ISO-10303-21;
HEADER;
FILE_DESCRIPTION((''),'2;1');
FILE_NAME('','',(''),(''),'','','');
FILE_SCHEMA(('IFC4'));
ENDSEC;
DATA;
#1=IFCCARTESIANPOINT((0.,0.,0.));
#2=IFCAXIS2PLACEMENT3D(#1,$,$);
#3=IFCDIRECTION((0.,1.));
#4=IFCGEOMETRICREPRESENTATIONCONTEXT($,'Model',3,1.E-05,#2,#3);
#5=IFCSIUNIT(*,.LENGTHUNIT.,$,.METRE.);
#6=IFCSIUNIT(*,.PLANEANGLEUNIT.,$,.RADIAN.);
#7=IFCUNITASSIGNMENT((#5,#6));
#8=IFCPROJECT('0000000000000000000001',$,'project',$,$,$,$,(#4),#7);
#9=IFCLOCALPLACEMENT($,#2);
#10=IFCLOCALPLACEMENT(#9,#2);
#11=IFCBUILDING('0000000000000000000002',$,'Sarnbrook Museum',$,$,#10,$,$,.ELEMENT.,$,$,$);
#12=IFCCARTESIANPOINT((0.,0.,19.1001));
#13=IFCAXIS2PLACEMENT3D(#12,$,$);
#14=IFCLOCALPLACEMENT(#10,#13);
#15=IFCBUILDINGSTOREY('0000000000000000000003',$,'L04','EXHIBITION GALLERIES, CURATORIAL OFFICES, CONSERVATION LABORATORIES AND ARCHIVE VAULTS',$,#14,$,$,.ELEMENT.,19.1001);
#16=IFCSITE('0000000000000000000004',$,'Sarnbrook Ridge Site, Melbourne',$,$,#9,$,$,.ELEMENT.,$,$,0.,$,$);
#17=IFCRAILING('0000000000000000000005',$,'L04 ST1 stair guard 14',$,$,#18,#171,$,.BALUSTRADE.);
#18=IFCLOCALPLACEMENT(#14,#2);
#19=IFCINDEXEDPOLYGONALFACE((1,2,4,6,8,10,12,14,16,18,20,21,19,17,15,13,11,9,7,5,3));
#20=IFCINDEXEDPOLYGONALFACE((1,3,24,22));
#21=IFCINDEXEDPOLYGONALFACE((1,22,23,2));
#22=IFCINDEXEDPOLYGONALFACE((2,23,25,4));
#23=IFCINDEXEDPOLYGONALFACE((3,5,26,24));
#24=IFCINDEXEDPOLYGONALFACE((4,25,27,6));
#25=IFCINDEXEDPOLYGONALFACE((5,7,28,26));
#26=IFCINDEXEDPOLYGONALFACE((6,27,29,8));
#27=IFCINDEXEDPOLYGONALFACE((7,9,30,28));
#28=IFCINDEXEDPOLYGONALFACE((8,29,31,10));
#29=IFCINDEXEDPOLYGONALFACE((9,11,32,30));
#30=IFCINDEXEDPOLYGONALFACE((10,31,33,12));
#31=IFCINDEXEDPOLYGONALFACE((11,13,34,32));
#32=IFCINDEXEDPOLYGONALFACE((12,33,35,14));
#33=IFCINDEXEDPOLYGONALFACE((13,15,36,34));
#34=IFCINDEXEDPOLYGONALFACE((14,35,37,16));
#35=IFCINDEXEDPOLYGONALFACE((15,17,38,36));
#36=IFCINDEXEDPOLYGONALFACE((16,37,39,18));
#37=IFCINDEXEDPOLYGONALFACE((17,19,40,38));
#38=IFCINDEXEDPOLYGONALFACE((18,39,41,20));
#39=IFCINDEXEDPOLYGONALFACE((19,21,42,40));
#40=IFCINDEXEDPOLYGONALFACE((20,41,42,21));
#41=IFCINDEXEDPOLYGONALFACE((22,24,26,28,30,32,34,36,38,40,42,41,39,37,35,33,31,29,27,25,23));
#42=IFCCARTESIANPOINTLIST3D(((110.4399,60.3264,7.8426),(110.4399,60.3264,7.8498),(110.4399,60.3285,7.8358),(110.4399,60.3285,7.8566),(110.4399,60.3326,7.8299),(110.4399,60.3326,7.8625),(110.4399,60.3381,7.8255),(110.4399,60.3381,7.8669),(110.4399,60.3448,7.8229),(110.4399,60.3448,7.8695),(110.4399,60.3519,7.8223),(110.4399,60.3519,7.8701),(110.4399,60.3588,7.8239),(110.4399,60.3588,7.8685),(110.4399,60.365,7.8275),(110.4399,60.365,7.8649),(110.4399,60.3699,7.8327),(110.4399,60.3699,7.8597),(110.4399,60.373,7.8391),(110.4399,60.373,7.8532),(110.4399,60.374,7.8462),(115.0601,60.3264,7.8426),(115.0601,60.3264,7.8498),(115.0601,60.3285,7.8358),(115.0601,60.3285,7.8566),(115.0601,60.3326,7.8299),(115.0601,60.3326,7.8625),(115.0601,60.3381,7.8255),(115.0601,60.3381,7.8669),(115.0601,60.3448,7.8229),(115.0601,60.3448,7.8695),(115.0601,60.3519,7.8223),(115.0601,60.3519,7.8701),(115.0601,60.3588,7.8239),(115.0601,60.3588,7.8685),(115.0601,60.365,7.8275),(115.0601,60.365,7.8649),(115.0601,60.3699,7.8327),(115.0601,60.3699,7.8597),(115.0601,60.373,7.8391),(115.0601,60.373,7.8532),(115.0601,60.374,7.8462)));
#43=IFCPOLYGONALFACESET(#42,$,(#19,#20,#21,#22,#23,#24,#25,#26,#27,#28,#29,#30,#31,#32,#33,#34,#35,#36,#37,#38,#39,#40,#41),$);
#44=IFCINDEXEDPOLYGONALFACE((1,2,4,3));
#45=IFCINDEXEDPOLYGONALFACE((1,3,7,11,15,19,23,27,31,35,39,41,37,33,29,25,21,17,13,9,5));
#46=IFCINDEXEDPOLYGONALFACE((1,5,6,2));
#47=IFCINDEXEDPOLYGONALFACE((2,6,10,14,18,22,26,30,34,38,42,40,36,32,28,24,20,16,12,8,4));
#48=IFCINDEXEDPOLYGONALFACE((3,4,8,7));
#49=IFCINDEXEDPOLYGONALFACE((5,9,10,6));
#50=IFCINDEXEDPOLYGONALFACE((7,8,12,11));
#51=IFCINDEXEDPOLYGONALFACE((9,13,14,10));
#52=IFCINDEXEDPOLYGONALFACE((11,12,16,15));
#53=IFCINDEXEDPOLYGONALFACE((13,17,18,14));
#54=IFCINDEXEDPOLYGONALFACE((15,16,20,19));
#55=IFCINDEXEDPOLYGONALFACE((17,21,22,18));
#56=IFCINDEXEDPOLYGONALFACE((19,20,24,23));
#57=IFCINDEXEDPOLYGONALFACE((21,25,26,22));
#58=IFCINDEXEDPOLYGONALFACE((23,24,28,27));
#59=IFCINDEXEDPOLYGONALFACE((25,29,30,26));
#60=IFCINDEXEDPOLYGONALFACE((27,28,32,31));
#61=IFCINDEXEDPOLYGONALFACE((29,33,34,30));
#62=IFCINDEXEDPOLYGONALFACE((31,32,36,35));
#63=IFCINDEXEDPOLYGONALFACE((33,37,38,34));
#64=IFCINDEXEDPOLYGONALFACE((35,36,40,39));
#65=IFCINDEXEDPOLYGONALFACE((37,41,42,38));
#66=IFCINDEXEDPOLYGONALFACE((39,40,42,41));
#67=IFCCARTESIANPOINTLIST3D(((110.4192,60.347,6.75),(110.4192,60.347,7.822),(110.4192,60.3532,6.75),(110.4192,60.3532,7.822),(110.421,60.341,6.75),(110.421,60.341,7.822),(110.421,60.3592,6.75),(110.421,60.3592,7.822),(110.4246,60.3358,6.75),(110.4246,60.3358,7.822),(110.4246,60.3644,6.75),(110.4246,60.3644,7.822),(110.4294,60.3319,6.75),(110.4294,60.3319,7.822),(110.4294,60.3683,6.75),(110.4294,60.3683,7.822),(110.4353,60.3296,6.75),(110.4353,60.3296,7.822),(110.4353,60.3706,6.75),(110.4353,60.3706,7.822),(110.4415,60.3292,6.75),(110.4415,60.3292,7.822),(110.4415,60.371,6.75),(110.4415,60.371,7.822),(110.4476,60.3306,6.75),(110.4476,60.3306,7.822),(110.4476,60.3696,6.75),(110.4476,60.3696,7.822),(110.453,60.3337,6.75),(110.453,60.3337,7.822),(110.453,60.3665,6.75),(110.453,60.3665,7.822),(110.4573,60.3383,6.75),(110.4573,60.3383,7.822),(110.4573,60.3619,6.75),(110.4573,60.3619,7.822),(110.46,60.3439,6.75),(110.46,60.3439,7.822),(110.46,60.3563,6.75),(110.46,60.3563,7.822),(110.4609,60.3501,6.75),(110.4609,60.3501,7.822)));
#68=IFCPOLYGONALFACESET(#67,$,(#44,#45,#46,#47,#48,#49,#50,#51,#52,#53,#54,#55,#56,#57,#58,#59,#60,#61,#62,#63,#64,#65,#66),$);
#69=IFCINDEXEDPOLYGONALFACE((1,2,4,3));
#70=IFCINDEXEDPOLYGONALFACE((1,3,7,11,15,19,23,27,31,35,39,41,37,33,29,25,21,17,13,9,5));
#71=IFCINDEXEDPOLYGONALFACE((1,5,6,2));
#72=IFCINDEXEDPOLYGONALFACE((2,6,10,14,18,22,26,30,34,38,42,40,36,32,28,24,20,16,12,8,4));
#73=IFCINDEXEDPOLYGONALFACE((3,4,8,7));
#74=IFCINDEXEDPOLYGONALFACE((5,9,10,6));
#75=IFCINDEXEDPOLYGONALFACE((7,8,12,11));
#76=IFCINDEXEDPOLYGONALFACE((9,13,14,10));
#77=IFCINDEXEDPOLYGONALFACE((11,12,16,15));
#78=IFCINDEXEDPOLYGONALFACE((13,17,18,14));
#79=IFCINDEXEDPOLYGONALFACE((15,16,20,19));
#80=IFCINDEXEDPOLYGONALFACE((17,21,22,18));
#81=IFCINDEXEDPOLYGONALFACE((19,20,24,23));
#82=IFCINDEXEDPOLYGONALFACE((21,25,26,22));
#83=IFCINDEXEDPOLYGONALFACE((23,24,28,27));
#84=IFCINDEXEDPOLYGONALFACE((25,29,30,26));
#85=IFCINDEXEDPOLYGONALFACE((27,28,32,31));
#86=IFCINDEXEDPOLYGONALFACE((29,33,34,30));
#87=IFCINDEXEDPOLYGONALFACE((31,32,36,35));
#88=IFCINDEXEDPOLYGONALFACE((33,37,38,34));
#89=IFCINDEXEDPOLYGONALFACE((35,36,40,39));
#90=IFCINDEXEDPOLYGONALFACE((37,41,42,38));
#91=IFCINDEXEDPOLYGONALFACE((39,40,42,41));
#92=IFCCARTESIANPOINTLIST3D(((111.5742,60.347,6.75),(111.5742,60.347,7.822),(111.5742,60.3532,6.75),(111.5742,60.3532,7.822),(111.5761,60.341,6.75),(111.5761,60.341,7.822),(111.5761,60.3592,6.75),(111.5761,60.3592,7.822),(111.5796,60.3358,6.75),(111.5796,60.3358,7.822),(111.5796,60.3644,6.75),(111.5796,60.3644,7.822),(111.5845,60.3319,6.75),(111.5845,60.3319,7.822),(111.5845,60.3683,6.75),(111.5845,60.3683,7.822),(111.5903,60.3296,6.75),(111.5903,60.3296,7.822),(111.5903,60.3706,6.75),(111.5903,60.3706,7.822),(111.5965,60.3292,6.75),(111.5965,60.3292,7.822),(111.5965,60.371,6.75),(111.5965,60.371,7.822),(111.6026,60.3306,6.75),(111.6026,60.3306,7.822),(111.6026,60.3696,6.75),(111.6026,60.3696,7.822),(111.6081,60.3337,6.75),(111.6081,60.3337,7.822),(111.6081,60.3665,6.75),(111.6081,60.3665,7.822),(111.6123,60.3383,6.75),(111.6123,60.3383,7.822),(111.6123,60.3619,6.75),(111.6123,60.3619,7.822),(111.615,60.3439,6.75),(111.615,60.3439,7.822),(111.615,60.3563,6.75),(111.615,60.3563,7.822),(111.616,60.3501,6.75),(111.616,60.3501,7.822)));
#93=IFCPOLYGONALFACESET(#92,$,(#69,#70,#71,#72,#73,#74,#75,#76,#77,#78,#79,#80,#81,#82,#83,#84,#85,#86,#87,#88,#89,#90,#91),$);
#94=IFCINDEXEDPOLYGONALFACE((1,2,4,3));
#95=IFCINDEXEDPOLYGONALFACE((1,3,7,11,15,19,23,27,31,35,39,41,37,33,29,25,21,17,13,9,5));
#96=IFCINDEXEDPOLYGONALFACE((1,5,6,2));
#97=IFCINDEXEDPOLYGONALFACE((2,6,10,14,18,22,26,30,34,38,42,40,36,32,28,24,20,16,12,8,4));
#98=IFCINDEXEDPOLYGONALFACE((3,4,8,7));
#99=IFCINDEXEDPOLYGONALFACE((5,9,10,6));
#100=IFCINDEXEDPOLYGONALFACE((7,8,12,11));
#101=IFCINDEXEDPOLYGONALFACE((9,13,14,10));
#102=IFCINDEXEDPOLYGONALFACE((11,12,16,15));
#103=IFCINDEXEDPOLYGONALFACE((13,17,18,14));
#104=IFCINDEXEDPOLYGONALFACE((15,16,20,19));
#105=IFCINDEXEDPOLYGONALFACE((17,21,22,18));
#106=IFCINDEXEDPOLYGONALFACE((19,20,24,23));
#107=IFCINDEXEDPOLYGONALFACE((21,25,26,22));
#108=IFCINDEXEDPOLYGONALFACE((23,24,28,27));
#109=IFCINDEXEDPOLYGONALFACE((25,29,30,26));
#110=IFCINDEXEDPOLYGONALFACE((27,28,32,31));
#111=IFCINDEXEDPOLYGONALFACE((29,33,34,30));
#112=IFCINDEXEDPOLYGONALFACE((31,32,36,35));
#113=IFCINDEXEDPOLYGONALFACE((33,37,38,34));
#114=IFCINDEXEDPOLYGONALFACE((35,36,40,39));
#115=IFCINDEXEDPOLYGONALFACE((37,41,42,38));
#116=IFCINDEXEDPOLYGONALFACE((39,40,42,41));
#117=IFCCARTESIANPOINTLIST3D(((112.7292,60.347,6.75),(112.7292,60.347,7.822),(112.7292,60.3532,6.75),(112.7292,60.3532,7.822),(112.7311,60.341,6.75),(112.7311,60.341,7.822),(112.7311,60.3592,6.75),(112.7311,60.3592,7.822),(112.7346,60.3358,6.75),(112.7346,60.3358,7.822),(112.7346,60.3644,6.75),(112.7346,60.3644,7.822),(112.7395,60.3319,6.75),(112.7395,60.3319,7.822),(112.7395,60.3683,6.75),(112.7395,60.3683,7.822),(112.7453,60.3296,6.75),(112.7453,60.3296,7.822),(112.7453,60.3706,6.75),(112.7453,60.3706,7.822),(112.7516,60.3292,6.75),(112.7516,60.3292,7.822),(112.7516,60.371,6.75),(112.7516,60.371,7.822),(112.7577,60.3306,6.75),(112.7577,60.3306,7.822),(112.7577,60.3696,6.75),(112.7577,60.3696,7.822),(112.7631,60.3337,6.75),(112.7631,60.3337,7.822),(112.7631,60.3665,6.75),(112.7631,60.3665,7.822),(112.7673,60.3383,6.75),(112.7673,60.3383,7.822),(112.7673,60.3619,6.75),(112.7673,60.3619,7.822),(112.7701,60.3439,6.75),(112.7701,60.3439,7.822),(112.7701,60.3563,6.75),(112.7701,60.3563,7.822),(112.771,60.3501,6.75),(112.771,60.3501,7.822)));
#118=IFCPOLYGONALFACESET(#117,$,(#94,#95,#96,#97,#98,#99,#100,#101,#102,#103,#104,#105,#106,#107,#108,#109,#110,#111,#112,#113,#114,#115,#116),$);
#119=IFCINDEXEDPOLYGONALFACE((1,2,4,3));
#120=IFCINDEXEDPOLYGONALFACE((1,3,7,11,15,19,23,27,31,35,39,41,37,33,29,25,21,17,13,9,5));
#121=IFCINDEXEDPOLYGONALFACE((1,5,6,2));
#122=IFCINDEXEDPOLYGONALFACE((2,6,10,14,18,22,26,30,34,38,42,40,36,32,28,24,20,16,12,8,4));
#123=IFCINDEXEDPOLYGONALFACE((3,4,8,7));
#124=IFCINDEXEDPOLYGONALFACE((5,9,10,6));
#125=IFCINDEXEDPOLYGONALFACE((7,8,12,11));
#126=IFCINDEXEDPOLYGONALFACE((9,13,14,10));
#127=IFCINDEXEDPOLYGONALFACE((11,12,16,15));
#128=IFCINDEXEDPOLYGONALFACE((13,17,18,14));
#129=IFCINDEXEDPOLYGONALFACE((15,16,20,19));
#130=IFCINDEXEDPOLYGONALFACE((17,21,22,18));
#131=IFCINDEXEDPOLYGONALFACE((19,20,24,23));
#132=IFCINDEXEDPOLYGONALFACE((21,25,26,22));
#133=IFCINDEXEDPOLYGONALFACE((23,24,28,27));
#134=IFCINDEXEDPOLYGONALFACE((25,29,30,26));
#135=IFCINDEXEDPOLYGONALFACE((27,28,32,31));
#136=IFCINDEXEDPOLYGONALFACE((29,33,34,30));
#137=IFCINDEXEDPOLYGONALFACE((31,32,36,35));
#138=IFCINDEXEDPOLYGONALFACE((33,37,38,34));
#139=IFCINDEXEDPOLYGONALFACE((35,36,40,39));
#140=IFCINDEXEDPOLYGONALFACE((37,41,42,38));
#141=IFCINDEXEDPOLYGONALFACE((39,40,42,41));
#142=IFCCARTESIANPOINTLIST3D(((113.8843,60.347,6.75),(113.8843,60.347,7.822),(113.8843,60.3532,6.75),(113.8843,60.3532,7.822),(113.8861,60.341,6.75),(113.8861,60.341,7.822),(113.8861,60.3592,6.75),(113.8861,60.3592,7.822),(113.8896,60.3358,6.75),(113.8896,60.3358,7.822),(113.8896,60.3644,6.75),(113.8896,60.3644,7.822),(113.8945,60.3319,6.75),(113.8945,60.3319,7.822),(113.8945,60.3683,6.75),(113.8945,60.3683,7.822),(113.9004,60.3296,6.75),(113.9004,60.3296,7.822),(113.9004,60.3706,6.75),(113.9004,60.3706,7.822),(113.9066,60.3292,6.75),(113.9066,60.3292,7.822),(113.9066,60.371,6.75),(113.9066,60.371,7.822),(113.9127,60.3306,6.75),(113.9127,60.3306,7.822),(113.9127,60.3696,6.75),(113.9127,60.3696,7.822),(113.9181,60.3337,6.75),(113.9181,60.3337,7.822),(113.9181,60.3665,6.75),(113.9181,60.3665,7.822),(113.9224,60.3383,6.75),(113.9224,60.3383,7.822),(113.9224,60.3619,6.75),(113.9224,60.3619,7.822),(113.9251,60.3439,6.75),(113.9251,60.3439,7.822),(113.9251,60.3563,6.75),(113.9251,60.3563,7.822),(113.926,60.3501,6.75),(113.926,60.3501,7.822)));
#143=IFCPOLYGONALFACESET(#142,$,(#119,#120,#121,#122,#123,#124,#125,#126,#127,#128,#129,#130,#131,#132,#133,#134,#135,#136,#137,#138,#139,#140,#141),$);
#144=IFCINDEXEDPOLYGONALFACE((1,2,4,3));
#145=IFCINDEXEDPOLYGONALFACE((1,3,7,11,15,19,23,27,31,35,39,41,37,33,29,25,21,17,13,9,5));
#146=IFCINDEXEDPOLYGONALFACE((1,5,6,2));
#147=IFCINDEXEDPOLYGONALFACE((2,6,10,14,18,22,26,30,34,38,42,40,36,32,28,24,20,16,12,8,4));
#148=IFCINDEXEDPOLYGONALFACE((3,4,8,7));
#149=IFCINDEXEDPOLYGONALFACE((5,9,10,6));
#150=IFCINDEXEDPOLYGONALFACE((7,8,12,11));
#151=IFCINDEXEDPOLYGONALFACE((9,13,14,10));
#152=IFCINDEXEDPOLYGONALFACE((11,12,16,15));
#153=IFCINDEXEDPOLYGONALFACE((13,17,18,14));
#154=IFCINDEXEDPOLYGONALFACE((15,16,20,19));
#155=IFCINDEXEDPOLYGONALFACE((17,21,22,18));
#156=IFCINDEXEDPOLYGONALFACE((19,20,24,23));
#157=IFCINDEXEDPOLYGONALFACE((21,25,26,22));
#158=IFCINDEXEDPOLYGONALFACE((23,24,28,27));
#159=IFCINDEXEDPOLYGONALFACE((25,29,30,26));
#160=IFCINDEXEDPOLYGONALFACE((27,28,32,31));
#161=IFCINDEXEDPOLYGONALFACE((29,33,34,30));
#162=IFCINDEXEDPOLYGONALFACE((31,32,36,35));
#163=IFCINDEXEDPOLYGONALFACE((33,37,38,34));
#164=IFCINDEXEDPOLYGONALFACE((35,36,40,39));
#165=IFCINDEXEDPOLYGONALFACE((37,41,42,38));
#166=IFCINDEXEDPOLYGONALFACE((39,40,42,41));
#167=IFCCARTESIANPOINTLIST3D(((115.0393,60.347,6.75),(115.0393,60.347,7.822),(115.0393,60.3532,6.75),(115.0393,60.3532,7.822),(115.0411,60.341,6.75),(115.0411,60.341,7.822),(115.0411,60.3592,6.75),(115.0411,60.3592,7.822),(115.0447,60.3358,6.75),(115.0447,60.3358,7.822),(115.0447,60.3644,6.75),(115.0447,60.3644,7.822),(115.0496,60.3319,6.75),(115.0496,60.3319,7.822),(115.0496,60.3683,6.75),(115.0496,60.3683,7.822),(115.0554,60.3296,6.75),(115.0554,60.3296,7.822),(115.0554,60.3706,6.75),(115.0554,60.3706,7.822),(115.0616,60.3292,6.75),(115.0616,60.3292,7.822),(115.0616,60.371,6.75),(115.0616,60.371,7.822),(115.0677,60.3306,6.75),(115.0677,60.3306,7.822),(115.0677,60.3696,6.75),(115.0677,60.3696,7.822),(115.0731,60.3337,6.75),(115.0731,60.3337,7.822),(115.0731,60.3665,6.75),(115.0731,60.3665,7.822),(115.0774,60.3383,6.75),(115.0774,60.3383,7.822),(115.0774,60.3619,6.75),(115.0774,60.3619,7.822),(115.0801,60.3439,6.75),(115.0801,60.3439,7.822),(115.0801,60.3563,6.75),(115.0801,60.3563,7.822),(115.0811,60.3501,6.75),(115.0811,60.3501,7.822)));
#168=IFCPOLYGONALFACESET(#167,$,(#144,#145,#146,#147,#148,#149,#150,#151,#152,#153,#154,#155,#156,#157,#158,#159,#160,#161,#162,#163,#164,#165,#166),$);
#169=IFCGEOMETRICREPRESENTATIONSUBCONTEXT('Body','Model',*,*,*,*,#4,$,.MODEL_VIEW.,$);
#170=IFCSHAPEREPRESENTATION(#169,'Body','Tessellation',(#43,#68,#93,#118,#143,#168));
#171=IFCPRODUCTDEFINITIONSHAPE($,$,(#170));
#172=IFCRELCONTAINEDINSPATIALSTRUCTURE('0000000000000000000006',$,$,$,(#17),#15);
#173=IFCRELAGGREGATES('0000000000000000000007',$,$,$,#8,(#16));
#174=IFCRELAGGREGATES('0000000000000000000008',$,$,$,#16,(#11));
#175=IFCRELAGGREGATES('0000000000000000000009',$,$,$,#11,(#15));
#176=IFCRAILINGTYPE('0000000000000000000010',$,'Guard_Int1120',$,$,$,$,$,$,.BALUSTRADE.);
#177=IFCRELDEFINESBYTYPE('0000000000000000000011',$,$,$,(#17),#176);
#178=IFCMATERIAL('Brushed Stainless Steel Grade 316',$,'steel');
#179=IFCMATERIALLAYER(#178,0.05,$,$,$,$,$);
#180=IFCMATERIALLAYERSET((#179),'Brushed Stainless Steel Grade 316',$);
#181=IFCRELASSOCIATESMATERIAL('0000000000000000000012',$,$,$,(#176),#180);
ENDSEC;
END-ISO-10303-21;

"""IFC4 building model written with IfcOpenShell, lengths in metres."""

from ifc_helpers import new_model, si_unit, direction, frame, origin, origin_2d, place, context, subcontext, project, spatial, circle, extrude, material, layer, layer_set, type_object, element, save


model = new_model("IFC4")

# Units and contexts
model_context = context("Model", 3, precision=1e-05, world=origin(), true_north=direction((0.0, 1.0)))
body_context = subcontext(model_context, "Body", "Model", "MODEL_VIEW")
ifc_project = project(units=[si_unit("LENGTHUNIT", "METRE"), si_unit("PLANEANGLEUNIT", "RADIAN")], contexts=[model_context])

# Site, building, storey
site_placement = place(None, origin())
site = spatial("IfcSite", under=ifc_project, at=site_placement, Name="Sarnbrook Ridge Site, Melbourne", CompositionType="ELEMENT", RefElevation=0.0)
building_placement = place(site_placement, origin())
building = spatial("IfcBuilding", under=site, at=building_placement, Name="Sarnbrook Museum", CompositionType="ELEMENT")
storey_placement = place(building_placement, frame((0.0, 0.0, 19.1001)))
storey = spatial("IfcBuildingStorey", under=building, at=storey_placement, Name="L04", Description="EXHIBITION GALLERIES, CURATORIAL OFFICES, CONSERVATION LABORATORIES AND ARCHIVE VAULTS", CompositionType="ELEMENT", Elevation=19.1001)

# Railing
ifc_material_1 = material(Name="Brushed Stainless Steel Grade 316", Category="steel")
ifc_layer_1 = layer(ifc_material_1, 0.05)
ifc_layer_set_1 = layer_set([ifc_layer_1], Name="Brushed Stainless Steel Grade 316")
railing_type_1 = type_object("IfcRailingType", Name="Guard_Int1120", PredefinedType="BALUSTRADE", material=ifc_layer_set_1)
railing_1_placement = place(storey_placement, frame((110.4399, 60.3501, 6.75)))
element("IfcRailing", 1, at=railing_1_placement, inside=storey, type_object=railing_type_1, Name="L04 ST1 stair guard 14", PredefinedType="BALUSTRADE", context=body_context, shape_type="SweptSolid", body=[
    extrude(circle(Radius=0.0239, at=origin_2d()), frame((0.0, 0.0, 1.0962), z_axis=(1.0, 0.0, 0.0), x_axis=(0.0, 1.0, 0.0)), (0.0, 0.0, 1.0), 4.6201),
    extrude(circle(Radius=0.021, at=origin_2d()), origin(), (0.0, 0.0, 1.0), 1.072),
    extrude(circle(Radius=0.021, at=origin_2d()), frame((1.155, 0.0, 0.0)), (0.0, 0.0, 1.0), 1.072),
    extrude(circle(Radius=0.021, at=origin_2d()), frame((2.3101, 0.0, 0.0)), (0.0, 0.0, 1.0), 1.072),
    extrude(circle(Radius=0.021, at=origin_2d()), frame((3.4651, 0.0, 0.0)), (0.0, 0.0, 1.0), 1.072),
    extrude(circle(Radius=0.021, at=origin_2d()), frame((4.6201, 0.0, 0.0)), (0.0, 0.0, 1.0), 1.072),
])

save(model, "model.ifc")
